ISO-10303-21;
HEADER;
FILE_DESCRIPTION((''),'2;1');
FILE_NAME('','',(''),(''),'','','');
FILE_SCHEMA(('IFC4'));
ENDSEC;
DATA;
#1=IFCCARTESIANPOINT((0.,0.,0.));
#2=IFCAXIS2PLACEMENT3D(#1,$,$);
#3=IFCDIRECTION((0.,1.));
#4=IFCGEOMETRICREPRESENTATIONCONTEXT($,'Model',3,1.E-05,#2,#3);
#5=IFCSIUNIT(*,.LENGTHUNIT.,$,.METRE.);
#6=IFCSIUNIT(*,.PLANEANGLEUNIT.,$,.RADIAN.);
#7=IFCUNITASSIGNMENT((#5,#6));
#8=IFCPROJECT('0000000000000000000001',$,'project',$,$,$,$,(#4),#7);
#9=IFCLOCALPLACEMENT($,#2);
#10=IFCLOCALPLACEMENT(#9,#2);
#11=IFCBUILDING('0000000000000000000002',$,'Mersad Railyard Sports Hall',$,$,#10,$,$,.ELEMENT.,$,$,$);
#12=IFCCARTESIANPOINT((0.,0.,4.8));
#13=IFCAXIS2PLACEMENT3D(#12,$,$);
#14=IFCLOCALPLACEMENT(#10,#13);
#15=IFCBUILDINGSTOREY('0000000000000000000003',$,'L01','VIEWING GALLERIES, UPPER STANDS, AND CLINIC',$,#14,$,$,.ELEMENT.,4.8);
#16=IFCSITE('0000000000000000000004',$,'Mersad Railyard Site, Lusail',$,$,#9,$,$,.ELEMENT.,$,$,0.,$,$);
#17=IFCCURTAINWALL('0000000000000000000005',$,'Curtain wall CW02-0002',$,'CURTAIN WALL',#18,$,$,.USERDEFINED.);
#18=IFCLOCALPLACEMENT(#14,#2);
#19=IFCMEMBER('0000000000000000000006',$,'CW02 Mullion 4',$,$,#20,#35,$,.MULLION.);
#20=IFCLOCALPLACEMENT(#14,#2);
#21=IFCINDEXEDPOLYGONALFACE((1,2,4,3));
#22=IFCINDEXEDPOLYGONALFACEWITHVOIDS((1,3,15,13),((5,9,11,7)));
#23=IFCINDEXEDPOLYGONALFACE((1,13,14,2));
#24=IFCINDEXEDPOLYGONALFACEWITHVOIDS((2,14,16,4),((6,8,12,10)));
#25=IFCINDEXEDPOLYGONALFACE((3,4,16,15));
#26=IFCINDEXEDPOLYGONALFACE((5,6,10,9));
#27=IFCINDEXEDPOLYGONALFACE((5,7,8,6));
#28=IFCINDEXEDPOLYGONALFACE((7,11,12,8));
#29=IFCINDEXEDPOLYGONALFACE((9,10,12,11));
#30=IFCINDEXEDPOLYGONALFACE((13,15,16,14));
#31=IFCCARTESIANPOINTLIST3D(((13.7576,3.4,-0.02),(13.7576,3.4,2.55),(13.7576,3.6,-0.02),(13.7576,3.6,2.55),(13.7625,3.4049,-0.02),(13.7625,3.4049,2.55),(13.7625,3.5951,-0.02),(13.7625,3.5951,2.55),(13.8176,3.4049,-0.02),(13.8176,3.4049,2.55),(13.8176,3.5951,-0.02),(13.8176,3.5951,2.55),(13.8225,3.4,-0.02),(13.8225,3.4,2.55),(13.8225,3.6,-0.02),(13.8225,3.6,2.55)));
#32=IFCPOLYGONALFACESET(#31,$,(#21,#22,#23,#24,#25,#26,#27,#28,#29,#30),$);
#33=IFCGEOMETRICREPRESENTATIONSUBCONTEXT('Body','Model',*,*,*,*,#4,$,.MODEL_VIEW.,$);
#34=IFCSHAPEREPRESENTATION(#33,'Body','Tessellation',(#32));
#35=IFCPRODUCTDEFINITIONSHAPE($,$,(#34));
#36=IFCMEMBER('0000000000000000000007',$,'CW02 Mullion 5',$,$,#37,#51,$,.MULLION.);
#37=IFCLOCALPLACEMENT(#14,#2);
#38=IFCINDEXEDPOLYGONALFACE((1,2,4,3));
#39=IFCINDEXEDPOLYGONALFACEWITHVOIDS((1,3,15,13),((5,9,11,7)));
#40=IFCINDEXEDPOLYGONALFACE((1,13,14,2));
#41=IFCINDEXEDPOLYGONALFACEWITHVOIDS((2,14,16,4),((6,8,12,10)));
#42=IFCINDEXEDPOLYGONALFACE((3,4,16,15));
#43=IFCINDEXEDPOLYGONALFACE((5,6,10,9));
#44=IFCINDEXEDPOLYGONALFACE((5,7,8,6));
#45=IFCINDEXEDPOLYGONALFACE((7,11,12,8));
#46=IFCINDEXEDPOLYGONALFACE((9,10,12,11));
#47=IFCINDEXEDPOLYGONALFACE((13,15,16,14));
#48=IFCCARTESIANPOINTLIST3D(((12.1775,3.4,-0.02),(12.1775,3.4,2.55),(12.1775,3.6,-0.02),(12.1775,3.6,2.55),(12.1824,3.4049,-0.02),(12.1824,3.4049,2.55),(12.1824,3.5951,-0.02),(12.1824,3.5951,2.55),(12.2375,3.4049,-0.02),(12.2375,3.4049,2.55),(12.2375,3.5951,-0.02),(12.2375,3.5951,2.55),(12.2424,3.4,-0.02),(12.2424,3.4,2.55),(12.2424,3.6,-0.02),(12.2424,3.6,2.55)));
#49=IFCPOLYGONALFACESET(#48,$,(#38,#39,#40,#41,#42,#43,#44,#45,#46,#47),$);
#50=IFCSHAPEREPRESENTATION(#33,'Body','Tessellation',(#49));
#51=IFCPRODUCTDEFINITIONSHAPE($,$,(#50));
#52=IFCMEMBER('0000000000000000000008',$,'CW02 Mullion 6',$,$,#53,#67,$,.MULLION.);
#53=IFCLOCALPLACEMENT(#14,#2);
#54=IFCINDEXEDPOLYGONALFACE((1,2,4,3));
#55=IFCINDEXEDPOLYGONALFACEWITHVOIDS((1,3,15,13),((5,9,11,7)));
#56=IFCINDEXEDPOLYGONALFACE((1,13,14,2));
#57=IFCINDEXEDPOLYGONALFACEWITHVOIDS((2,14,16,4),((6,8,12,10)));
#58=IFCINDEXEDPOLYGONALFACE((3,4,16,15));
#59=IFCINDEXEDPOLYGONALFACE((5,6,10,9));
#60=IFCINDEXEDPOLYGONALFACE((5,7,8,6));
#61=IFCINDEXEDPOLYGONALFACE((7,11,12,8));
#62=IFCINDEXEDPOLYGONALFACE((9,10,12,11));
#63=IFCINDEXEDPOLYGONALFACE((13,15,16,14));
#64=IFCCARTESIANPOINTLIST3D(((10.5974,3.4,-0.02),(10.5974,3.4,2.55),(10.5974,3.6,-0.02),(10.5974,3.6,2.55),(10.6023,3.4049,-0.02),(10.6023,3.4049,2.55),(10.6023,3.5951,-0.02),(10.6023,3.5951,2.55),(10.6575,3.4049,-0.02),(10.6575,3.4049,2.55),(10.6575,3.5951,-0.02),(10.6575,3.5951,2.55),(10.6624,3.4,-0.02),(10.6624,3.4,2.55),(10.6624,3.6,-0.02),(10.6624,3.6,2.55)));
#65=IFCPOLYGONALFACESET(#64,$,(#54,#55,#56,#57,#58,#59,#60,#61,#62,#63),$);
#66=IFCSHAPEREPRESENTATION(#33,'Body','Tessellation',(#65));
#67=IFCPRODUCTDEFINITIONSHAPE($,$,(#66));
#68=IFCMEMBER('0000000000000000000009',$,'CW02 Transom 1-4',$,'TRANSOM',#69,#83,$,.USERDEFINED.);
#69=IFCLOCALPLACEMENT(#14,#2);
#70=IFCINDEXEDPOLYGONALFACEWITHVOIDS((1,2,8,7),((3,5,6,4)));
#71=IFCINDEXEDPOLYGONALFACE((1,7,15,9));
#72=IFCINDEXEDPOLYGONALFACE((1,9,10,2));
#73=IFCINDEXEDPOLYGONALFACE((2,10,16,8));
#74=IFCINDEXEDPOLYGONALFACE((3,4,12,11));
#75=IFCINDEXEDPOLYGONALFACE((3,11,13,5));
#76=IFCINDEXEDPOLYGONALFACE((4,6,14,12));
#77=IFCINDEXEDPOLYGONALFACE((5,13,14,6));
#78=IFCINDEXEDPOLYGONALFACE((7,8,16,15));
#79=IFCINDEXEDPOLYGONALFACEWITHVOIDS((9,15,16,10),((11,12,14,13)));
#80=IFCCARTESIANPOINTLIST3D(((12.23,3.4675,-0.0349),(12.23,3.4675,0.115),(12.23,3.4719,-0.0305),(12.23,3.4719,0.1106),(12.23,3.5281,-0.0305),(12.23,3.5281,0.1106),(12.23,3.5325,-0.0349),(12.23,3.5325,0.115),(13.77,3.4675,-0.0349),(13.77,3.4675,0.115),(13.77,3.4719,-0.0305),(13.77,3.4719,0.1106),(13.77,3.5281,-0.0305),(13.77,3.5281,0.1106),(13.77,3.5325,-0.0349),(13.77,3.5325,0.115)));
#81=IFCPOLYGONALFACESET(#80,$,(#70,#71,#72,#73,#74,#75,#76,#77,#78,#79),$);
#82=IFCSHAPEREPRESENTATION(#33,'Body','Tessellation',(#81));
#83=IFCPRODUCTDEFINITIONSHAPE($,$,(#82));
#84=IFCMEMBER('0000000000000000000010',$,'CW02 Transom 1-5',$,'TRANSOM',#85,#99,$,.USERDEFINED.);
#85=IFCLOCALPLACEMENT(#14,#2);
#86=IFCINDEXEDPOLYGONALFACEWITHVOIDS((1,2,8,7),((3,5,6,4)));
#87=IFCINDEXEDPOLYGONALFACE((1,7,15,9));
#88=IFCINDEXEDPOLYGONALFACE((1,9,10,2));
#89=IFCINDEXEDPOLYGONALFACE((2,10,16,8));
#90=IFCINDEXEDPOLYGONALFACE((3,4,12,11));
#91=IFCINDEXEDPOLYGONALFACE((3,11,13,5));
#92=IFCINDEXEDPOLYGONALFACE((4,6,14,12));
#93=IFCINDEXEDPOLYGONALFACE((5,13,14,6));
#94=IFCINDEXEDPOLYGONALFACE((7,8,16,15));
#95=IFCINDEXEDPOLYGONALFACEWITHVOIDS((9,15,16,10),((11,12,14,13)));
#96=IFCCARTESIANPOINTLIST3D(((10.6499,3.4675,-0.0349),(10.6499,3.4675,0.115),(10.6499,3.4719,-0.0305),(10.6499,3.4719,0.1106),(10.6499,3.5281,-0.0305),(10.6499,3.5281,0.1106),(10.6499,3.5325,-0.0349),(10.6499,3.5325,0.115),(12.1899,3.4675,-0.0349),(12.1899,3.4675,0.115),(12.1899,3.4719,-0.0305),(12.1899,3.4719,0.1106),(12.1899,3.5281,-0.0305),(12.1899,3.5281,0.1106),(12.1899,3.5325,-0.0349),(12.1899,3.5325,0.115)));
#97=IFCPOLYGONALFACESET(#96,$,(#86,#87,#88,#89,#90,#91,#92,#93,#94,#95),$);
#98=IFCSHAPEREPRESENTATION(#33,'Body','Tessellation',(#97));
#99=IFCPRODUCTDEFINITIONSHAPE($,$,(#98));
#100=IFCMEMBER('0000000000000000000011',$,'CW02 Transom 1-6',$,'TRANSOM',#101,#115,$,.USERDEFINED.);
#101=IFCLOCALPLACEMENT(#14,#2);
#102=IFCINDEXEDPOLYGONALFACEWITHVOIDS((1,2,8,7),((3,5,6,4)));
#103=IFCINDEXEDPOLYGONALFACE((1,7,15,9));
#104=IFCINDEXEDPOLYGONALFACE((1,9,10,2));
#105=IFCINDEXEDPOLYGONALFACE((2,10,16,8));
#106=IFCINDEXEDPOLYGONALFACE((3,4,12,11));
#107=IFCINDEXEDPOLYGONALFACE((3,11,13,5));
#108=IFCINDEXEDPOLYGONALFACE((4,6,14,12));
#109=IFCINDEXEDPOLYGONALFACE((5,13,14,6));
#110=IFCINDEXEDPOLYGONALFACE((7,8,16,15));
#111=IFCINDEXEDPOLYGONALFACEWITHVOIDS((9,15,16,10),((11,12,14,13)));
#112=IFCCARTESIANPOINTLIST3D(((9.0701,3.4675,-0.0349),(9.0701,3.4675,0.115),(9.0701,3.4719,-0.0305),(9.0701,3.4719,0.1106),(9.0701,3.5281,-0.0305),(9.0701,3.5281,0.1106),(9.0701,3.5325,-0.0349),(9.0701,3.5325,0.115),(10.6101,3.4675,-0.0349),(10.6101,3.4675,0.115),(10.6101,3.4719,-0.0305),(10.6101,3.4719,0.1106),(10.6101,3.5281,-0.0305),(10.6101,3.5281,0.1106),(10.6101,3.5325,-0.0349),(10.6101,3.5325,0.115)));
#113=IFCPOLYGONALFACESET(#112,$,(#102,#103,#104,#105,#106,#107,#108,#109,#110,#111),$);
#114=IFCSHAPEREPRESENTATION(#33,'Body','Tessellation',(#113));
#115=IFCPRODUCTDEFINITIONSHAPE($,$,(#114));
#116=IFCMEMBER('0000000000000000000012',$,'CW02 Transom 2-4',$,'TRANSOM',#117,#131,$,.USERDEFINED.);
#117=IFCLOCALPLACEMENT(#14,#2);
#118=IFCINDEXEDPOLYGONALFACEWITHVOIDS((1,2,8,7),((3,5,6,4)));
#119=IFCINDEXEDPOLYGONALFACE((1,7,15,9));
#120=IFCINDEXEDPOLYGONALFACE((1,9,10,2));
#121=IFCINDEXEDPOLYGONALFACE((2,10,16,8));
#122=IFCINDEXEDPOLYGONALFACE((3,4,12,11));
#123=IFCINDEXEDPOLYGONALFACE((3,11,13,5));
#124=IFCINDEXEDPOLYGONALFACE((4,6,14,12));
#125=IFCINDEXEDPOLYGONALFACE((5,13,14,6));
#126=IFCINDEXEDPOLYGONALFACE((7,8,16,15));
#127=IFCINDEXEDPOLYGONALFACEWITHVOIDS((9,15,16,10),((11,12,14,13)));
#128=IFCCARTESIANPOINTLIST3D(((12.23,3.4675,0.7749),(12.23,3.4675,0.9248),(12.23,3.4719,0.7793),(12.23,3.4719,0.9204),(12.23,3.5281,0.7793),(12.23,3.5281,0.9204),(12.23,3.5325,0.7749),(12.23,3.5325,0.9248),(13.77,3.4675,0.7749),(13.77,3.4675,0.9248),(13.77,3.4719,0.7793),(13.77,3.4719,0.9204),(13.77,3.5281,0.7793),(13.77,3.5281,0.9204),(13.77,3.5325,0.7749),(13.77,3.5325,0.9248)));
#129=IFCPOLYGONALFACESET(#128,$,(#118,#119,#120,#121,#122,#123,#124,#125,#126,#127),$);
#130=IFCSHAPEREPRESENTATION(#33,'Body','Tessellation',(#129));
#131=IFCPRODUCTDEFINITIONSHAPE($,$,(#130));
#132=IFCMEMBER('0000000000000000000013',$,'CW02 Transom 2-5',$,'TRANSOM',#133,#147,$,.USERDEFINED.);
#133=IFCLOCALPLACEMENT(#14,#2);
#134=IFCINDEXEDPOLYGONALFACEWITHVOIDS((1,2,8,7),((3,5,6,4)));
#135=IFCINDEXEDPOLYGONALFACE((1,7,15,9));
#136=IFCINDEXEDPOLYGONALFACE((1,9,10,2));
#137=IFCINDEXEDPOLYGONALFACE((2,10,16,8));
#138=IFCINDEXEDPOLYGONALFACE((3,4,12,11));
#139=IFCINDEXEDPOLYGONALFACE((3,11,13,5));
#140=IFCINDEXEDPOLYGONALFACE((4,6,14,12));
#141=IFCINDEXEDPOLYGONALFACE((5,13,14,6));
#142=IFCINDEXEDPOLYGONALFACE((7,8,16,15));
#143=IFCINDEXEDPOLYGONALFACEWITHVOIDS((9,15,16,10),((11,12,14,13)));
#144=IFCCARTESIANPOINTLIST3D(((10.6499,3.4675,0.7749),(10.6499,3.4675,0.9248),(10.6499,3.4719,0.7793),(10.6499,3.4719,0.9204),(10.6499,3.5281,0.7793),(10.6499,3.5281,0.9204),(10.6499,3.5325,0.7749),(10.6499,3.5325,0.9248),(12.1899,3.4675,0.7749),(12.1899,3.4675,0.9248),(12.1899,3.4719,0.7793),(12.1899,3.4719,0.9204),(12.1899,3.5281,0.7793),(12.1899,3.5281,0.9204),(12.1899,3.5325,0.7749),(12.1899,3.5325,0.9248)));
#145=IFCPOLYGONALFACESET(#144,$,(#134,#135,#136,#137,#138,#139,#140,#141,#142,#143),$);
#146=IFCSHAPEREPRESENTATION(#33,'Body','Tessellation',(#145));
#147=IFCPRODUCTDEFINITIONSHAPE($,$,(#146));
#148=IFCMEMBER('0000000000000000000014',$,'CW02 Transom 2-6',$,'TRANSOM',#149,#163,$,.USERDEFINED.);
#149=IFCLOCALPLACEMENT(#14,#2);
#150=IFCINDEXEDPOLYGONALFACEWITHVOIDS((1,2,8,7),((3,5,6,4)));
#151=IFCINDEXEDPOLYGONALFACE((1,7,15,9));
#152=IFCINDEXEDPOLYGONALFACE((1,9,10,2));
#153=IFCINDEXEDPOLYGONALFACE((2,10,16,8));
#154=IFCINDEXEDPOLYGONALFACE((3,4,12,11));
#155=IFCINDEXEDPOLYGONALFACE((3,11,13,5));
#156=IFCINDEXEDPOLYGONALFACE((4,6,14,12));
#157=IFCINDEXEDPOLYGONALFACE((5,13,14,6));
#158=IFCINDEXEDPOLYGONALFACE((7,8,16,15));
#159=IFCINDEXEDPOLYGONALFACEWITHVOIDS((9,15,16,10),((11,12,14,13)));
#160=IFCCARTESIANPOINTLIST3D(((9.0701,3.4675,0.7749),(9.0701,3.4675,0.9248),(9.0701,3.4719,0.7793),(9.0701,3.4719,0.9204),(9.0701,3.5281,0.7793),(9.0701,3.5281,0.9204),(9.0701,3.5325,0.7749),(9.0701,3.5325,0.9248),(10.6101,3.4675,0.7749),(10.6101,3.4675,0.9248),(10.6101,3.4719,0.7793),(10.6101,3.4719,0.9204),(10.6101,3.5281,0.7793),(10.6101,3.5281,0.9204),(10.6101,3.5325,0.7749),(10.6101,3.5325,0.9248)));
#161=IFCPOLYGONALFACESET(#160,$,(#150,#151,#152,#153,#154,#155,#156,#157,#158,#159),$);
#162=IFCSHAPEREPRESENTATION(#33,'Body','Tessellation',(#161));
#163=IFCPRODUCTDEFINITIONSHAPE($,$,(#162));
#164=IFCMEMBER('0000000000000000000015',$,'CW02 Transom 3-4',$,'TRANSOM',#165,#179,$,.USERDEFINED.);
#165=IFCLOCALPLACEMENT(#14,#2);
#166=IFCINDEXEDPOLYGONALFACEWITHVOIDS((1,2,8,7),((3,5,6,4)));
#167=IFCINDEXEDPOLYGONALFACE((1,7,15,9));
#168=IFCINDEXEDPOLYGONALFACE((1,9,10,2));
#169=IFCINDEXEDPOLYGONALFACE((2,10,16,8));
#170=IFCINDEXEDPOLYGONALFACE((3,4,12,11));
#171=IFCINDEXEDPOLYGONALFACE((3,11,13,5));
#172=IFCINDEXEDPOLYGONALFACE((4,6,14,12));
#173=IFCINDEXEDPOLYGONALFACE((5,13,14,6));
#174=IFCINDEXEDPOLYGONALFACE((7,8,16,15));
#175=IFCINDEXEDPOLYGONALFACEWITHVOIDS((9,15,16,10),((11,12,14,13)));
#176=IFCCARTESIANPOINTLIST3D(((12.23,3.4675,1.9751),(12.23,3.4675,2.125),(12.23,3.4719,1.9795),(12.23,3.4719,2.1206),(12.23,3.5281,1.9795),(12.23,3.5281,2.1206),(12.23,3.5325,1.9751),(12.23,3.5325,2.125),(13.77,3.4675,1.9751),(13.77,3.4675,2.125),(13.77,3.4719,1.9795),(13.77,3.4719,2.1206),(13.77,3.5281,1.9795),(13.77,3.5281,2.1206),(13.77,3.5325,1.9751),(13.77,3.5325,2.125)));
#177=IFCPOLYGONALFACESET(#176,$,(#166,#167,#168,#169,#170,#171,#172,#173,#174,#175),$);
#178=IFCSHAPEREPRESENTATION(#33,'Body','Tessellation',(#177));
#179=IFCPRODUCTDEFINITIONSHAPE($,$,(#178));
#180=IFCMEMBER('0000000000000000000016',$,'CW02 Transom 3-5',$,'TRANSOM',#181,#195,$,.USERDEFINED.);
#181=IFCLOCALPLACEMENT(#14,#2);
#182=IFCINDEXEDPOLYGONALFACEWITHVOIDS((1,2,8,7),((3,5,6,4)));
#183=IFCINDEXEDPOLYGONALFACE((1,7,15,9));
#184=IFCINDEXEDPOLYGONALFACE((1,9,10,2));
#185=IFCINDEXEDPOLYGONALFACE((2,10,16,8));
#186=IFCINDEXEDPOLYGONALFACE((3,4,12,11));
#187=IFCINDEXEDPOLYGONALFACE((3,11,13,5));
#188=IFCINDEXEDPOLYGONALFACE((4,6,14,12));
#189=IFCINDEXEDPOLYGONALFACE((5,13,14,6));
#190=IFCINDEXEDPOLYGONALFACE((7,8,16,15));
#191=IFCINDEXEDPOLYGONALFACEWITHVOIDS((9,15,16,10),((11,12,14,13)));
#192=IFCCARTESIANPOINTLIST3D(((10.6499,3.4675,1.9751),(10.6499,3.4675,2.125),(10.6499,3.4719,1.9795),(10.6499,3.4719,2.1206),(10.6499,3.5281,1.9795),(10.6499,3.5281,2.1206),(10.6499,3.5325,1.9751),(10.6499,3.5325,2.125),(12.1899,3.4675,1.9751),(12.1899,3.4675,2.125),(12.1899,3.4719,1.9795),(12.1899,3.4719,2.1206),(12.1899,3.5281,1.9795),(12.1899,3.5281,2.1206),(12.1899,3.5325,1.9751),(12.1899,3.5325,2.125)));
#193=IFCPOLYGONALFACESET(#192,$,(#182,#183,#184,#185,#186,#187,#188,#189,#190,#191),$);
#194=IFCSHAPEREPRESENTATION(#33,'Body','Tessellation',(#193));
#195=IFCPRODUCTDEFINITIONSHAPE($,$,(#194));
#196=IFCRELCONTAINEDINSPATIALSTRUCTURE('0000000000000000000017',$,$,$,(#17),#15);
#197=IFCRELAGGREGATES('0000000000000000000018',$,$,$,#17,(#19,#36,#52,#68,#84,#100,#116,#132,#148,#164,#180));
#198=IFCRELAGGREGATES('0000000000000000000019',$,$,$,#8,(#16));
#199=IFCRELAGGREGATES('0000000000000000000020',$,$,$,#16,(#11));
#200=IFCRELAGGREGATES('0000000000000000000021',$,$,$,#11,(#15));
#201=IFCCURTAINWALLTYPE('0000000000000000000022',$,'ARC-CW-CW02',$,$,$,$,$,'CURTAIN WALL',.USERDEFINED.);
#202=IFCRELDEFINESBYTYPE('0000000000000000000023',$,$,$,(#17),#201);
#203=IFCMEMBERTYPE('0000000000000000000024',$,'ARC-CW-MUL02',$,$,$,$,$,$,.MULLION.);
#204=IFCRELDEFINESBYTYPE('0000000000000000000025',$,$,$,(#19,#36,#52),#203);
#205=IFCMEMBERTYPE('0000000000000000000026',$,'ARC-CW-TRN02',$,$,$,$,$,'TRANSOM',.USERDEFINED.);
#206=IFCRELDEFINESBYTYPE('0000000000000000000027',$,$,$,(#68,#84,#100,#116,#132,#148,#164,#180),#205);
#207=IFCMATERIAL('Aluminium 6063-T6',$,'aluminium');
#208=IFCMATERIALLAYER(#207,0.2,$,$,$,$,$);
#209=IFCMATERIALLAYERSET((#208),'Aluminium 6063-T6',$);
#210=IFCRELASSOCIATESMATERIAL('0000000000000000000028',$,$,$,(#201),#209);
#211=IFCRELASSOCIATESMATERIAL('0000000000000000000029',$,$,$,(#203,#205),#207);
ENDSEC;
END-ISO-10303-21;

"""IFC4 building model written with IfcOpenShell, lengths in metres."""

from ifc_helpers import new_model, si_unit, direction, frame, origin, origin_2d, place, context, subcontext, project, spatial, hollow_rectangle, extrude, material, layer, layer_set, material_profile, profile_set, type_object, element, aggregate, save


model = new_model("IFC4")

# Units and contexts
model_context = context("Model", 3, precision=1e-05, world=origin(), true_north=direction((0.0, 1.0)))
body_context = subcontext(model_context, "Body", "Model", "MODEL_VIEW")
ifc_project = project(units=[si_unit("LENGTHUNIT", "METRE"), si_unit("PLANEANGLEUNIT", "RADIAN")], contexts=[model_context])

# Site, building, storey
site_placement = place(None, origin())
site = spatial("IfcSite", under=ifc_project, at=site_placement, Name="Mersad Railyard Site, Lusail", CompositionType="ELEMENT", RefElevation=0.0)
building_placement = place(site_placement, origin())
building = spatial("IfcBuilding", under=site, at=building_placement, Name="Mersad Railyard Sports Hall", CompositionType="ELEMENT")
storey_placement = place(building_placement, frame((0.0, 0.0, 4.8)))
storey = spatial("IfcBuildingStorey", under=building, at=storey_placement, Name="L01", Description="VIEWING GALLERIES, UPPER STANDS, AND CLINIC", CompositionType="ELEMENT", Elevation=4.8)

# Curtain wall, members
ifc_material_1 = material(Name="Aluminium 6063-T6", Category="aluminium")
ifc_layer_1 = layer(ifc_material_1, 0.2)
ifc_layer_set_1 = layer_set([ifc_layer_1], Name="Aluminium 6063-T6")
curtain_wall_type = type_object("IfcCurtainWallType", Name="ARC-CW-CW02", ElementType="CURTAIN WALL", PredefinedType="USERDEFINED", material=ifc_layer_set_1)
curtain_wall_placement = place(storey_placement, origin())
curtain_wall = element("IfcCurtainWall", 1, at=curtain_wall_placement, inside=storey, type_object=curtain_wall_type, Name="Curtain wall CW02-0002", ObjectType="CURTAIN WALL", PredefinedType="USERDEFINED")
ifc_material_profile_1 = material_profile(ifc_material_1, hollow_rectangle(XDim=0.0649, YDim=0.2, WallThickness=0.0049, at=origin_2d()), Name="AL MULLION 65x200x5")
ifc_profile_set_1 = profile_set([ifc_material_profile_1], Name="Aluminium 6063-T6")
member_type_1 = type_object("IfcMemberType", Name="ARC-CW-MUL02", PredefinedType="MULLION", material=ifc_profile_set_1)
member_1_placement = place(storey_placement, frame((13.79, 3.5, -0.02), z_axis=(0.0, 0.0, 1.0), x_axis=(1.0, 0.0, 0.0)))
member_1 = element("IfcMember", 2, at=member_1_placement, type_object=member_type_1, Name="CW02 Mullion 4", PredefinedType="MULLION", context=body_context, shape_type="SweptSolid", body=[
    extrude(hollow_rectangle(XDim=0.0649, YDim=0.2, WallThickness=0.0049, at=origin_2d()), origin(), (0.0, 0.0, 1.0), 2.5701),
])
member_2_placement = place(storey_placement, frame((12.21, 3.5, -0.02), z_axis=(0.0, 0.0, 1.0), x_axis=(1.0, 0.0, 0.0)))
member_2 = element("IfcMember", 3, at=member_2_placement, type_object=member_type_1, Name="CW02 Mullion 5", PredefinedType="MULLION", context=body_context, shape_type="SweptSolid", body=[
    extrude(hollow_rectangle(XDim=0.0649, YDim=0.2, WallThickness=0.0049, at=origin_2d()), origin(), (0.0, 0.0, 1.0), 2.5701),
])
member_3_placement = place(storey_placement, frame((10.6299, 3.5, -0.02), z_axis=(0.0, 0.0, 1.0), x_axis=(1.0, 0.0, 0.0)))
member_3 = element("IfcMember", 4, at=member_3_placement, type_object=member_type_1, Name="CW02 Mullion 6", PredefinedType="MULLION", context=body_context, shape_type="SweptSolid", body=[
    extrude(hollow_rectangle(XDim=0.0649, YDim=0.2, WallThickness=0.0049, at=origin_2d()), origin(), (0.0, 0.0, 1.0), 2.5701),
])
ifc_material_profile_2 = material_profile(ifc_material_1, hollow_rectangle(XDim=0.0649, YDim=0.1499, WallThickness=0.0044, at=origin_2d()), Name="AL TRANSOM 65x150x4.5")
ifc_profile_set_2 = profile_set([ifc_material_profile_2], Name="Aluminium 6063-T6")
member_type_2 = type_object("IfcMemberType", Name="ARC-CW-TRN02", ElementType="TRANSOM", PredefinedType="USERDEFINED", material=ifc_profile_set_2)
member_4_placement = place(storey_placement, frame((13.77, 3.5, 0.04), z_axis=(-1.0, 0.0, 0.0), x_axis=(0.0, -1.0, 0.0)))
member_4 = element("IfcMember", 5, at=member_4_placement, type_object=member_type_2, Name="CW02 Transom 1-4", ObjectType="TRANSOM", PredefinedType="USERDEFINED", context=body_context, shape_type="SweptSolid", body=[
    extrude(hollow_rectangle(XDim=0.0649, YDim=0.1499, WallThickness=0.0044, at=origin_2d()), origin(), (0.0, 0.0, 1.0), 1.54),
])
member_5_placement = place(storey_placement, frame((12.1899, 3.5, 0.04), z_axis=(-1.0, 0.0, 0.0), x_axis=(0.0, -1.0, 0.0)))
member_5 = element("IfcMember", 6, at=member_5_placement, type_object=member_type_2, Name="CW02 Transom 1-5", ObjectType="TRANSOM", PredefinedType="USERDEFINED", context=body_context, shape_type="SweptSolid", body=[
    extrude(hollow_rectangle(XDim=0.0649, YDim=0.1499, WallThickness=0.0044, at=origin_2d()), origin(), (0.0, 0.0, 1.0), 1.54),
])
member_6_placement = place(storey_placement, frame((10.6101, 3.5, 0.04), z_axis=(-1.0, 0.0, 0.0), x_axis=(0.0, -1.0, 0.0)))
member_6 = element("IfcMember", 7, at=member_6_placement, type_object=member_type_2, Name="CW02 Transom 1-6", ObjectType="TRANSOM", PredefinedType="USERDEFINED", context=body_context, shape_type="SweptSolid", body=[
    extrude(hollow_rectangle(XDim=0.0649, YDim=0.1499, WallThickness=0.0044, at=origin_2d()), origin(), (0.0, 0.0, 1.0), 1.54),
])
member_7_placement = place(storey_placement, frame((13.77, 3.5, 0.8499), z_axis=(-1.0, 0.0, 0.0), x_axis=(0.0, -1.0, 0.0)))
member_7 = element("IfcMember", 8, at=member_7_placement, type_object=member_type_2, Name="CW02 Transom 2-4", ObjectType="TRANSOM", PredefinedType="USERDEFINED", context=body_context, shape_type="SweptSolid", body=[
    extrude(hollow_rectangle(XDim=0.0649, YDim=0.1499, WallThickness=0.0044, at=origin_2d()), origin(), (0.0, 0.0, 1.0), 1.54),
])
member_8_placement = place(storey_placement, frame((12.1899, 3.5, 0.8499), z_axis=(-1.0, 0.0, 0.0), x_axis=(0.0, -1.0, 0.0)))
member_8 = element("IfcMember", 9, at=member_8_placement, type_object=member_type_2, Name="CW02 Transom 2-5", ObjectType="TRANSOM", PredefinedType="USERDEFINED", context=body_context, shape_type="SweptSolid", body=[
    extrude(hollow_rectangle(XDim=0.0649, YDim=0.1499, WallThickness=0.0044, at=origin_2d()), origin(), (0.0, 0.0, 1.0), 1.54),
])
member_9_placement = place(storey_placement, frame((10.6101, 3.5, 0.8499), z_axis=(-1.0, 0.0, 0.0), x_axis=(0.0, -1.0, 0.0)))
member_9 = element("IfcMember", 10, at=member_9_placement, type_object=member_type_2, Name="CW02 Transom 2-6", ObjectType="TRANSOM", PredefinedType="USERDEFINED", context=body_context, shape_type="SweptSolid", body=[
    extrude(hollow_rectangle(XDim=0.0649, YDim=0.1499, WallThickness=0.0044, at=origin_2d()), origin(), (0.0, 0.0, 1.0), 1.54),
])
member_10_placement = place(storey_placement, frame((13.77, 3.5, 2.05), z_axis=(-1.0, 0.0, 0.0), x_axis=(0.0, -1.0, 0.0)))
member_10 = element("IfcMember", 11, at=member_10_placement, type_object=member_type_2, Name="CW02 Transom 3-4", ObjectType="TRANSOM", PredefinedType="USERDEFINED", context=body_context, shape_type="SweptSolid", body=[
    extrude(hollow_rectangle(XDim=0.0649, YDim=0.1499, WallThickness=0.0044, at=origin_2d()), origin(), (0.0, 0.0, 1.0), 1.54),
])
member_11_placement = place(storey_placement, frame((12.1899, 3.5, 2.05), z_axis=(-1.0, 0.0, 0.0), x_axis=(0.0, -1.0, 0.0)))
member_11 = element("IfcMember", 12, at=member_11_placement, type_object=member_type_2, Name="CW02 Transom 3-5", ObjectType="TRANSOM", PredefinedType="USERDEFINED", context=body_context, shape_type="SweptSolid", body=[
    extrude(hollow_rectangle(XDim=0.0649, YDim=0.1499, WallThickness=0.0044, at=origin_2d()), origin(), (0.0, 0.0, 1.0), 1.54),
])

aggregate(curtain_wall, [member_1, member_2, member_3, member_4, member_5, member_6, member_7, member_8, member_9, member_10, member_11])

save(model, "model.ifc")
